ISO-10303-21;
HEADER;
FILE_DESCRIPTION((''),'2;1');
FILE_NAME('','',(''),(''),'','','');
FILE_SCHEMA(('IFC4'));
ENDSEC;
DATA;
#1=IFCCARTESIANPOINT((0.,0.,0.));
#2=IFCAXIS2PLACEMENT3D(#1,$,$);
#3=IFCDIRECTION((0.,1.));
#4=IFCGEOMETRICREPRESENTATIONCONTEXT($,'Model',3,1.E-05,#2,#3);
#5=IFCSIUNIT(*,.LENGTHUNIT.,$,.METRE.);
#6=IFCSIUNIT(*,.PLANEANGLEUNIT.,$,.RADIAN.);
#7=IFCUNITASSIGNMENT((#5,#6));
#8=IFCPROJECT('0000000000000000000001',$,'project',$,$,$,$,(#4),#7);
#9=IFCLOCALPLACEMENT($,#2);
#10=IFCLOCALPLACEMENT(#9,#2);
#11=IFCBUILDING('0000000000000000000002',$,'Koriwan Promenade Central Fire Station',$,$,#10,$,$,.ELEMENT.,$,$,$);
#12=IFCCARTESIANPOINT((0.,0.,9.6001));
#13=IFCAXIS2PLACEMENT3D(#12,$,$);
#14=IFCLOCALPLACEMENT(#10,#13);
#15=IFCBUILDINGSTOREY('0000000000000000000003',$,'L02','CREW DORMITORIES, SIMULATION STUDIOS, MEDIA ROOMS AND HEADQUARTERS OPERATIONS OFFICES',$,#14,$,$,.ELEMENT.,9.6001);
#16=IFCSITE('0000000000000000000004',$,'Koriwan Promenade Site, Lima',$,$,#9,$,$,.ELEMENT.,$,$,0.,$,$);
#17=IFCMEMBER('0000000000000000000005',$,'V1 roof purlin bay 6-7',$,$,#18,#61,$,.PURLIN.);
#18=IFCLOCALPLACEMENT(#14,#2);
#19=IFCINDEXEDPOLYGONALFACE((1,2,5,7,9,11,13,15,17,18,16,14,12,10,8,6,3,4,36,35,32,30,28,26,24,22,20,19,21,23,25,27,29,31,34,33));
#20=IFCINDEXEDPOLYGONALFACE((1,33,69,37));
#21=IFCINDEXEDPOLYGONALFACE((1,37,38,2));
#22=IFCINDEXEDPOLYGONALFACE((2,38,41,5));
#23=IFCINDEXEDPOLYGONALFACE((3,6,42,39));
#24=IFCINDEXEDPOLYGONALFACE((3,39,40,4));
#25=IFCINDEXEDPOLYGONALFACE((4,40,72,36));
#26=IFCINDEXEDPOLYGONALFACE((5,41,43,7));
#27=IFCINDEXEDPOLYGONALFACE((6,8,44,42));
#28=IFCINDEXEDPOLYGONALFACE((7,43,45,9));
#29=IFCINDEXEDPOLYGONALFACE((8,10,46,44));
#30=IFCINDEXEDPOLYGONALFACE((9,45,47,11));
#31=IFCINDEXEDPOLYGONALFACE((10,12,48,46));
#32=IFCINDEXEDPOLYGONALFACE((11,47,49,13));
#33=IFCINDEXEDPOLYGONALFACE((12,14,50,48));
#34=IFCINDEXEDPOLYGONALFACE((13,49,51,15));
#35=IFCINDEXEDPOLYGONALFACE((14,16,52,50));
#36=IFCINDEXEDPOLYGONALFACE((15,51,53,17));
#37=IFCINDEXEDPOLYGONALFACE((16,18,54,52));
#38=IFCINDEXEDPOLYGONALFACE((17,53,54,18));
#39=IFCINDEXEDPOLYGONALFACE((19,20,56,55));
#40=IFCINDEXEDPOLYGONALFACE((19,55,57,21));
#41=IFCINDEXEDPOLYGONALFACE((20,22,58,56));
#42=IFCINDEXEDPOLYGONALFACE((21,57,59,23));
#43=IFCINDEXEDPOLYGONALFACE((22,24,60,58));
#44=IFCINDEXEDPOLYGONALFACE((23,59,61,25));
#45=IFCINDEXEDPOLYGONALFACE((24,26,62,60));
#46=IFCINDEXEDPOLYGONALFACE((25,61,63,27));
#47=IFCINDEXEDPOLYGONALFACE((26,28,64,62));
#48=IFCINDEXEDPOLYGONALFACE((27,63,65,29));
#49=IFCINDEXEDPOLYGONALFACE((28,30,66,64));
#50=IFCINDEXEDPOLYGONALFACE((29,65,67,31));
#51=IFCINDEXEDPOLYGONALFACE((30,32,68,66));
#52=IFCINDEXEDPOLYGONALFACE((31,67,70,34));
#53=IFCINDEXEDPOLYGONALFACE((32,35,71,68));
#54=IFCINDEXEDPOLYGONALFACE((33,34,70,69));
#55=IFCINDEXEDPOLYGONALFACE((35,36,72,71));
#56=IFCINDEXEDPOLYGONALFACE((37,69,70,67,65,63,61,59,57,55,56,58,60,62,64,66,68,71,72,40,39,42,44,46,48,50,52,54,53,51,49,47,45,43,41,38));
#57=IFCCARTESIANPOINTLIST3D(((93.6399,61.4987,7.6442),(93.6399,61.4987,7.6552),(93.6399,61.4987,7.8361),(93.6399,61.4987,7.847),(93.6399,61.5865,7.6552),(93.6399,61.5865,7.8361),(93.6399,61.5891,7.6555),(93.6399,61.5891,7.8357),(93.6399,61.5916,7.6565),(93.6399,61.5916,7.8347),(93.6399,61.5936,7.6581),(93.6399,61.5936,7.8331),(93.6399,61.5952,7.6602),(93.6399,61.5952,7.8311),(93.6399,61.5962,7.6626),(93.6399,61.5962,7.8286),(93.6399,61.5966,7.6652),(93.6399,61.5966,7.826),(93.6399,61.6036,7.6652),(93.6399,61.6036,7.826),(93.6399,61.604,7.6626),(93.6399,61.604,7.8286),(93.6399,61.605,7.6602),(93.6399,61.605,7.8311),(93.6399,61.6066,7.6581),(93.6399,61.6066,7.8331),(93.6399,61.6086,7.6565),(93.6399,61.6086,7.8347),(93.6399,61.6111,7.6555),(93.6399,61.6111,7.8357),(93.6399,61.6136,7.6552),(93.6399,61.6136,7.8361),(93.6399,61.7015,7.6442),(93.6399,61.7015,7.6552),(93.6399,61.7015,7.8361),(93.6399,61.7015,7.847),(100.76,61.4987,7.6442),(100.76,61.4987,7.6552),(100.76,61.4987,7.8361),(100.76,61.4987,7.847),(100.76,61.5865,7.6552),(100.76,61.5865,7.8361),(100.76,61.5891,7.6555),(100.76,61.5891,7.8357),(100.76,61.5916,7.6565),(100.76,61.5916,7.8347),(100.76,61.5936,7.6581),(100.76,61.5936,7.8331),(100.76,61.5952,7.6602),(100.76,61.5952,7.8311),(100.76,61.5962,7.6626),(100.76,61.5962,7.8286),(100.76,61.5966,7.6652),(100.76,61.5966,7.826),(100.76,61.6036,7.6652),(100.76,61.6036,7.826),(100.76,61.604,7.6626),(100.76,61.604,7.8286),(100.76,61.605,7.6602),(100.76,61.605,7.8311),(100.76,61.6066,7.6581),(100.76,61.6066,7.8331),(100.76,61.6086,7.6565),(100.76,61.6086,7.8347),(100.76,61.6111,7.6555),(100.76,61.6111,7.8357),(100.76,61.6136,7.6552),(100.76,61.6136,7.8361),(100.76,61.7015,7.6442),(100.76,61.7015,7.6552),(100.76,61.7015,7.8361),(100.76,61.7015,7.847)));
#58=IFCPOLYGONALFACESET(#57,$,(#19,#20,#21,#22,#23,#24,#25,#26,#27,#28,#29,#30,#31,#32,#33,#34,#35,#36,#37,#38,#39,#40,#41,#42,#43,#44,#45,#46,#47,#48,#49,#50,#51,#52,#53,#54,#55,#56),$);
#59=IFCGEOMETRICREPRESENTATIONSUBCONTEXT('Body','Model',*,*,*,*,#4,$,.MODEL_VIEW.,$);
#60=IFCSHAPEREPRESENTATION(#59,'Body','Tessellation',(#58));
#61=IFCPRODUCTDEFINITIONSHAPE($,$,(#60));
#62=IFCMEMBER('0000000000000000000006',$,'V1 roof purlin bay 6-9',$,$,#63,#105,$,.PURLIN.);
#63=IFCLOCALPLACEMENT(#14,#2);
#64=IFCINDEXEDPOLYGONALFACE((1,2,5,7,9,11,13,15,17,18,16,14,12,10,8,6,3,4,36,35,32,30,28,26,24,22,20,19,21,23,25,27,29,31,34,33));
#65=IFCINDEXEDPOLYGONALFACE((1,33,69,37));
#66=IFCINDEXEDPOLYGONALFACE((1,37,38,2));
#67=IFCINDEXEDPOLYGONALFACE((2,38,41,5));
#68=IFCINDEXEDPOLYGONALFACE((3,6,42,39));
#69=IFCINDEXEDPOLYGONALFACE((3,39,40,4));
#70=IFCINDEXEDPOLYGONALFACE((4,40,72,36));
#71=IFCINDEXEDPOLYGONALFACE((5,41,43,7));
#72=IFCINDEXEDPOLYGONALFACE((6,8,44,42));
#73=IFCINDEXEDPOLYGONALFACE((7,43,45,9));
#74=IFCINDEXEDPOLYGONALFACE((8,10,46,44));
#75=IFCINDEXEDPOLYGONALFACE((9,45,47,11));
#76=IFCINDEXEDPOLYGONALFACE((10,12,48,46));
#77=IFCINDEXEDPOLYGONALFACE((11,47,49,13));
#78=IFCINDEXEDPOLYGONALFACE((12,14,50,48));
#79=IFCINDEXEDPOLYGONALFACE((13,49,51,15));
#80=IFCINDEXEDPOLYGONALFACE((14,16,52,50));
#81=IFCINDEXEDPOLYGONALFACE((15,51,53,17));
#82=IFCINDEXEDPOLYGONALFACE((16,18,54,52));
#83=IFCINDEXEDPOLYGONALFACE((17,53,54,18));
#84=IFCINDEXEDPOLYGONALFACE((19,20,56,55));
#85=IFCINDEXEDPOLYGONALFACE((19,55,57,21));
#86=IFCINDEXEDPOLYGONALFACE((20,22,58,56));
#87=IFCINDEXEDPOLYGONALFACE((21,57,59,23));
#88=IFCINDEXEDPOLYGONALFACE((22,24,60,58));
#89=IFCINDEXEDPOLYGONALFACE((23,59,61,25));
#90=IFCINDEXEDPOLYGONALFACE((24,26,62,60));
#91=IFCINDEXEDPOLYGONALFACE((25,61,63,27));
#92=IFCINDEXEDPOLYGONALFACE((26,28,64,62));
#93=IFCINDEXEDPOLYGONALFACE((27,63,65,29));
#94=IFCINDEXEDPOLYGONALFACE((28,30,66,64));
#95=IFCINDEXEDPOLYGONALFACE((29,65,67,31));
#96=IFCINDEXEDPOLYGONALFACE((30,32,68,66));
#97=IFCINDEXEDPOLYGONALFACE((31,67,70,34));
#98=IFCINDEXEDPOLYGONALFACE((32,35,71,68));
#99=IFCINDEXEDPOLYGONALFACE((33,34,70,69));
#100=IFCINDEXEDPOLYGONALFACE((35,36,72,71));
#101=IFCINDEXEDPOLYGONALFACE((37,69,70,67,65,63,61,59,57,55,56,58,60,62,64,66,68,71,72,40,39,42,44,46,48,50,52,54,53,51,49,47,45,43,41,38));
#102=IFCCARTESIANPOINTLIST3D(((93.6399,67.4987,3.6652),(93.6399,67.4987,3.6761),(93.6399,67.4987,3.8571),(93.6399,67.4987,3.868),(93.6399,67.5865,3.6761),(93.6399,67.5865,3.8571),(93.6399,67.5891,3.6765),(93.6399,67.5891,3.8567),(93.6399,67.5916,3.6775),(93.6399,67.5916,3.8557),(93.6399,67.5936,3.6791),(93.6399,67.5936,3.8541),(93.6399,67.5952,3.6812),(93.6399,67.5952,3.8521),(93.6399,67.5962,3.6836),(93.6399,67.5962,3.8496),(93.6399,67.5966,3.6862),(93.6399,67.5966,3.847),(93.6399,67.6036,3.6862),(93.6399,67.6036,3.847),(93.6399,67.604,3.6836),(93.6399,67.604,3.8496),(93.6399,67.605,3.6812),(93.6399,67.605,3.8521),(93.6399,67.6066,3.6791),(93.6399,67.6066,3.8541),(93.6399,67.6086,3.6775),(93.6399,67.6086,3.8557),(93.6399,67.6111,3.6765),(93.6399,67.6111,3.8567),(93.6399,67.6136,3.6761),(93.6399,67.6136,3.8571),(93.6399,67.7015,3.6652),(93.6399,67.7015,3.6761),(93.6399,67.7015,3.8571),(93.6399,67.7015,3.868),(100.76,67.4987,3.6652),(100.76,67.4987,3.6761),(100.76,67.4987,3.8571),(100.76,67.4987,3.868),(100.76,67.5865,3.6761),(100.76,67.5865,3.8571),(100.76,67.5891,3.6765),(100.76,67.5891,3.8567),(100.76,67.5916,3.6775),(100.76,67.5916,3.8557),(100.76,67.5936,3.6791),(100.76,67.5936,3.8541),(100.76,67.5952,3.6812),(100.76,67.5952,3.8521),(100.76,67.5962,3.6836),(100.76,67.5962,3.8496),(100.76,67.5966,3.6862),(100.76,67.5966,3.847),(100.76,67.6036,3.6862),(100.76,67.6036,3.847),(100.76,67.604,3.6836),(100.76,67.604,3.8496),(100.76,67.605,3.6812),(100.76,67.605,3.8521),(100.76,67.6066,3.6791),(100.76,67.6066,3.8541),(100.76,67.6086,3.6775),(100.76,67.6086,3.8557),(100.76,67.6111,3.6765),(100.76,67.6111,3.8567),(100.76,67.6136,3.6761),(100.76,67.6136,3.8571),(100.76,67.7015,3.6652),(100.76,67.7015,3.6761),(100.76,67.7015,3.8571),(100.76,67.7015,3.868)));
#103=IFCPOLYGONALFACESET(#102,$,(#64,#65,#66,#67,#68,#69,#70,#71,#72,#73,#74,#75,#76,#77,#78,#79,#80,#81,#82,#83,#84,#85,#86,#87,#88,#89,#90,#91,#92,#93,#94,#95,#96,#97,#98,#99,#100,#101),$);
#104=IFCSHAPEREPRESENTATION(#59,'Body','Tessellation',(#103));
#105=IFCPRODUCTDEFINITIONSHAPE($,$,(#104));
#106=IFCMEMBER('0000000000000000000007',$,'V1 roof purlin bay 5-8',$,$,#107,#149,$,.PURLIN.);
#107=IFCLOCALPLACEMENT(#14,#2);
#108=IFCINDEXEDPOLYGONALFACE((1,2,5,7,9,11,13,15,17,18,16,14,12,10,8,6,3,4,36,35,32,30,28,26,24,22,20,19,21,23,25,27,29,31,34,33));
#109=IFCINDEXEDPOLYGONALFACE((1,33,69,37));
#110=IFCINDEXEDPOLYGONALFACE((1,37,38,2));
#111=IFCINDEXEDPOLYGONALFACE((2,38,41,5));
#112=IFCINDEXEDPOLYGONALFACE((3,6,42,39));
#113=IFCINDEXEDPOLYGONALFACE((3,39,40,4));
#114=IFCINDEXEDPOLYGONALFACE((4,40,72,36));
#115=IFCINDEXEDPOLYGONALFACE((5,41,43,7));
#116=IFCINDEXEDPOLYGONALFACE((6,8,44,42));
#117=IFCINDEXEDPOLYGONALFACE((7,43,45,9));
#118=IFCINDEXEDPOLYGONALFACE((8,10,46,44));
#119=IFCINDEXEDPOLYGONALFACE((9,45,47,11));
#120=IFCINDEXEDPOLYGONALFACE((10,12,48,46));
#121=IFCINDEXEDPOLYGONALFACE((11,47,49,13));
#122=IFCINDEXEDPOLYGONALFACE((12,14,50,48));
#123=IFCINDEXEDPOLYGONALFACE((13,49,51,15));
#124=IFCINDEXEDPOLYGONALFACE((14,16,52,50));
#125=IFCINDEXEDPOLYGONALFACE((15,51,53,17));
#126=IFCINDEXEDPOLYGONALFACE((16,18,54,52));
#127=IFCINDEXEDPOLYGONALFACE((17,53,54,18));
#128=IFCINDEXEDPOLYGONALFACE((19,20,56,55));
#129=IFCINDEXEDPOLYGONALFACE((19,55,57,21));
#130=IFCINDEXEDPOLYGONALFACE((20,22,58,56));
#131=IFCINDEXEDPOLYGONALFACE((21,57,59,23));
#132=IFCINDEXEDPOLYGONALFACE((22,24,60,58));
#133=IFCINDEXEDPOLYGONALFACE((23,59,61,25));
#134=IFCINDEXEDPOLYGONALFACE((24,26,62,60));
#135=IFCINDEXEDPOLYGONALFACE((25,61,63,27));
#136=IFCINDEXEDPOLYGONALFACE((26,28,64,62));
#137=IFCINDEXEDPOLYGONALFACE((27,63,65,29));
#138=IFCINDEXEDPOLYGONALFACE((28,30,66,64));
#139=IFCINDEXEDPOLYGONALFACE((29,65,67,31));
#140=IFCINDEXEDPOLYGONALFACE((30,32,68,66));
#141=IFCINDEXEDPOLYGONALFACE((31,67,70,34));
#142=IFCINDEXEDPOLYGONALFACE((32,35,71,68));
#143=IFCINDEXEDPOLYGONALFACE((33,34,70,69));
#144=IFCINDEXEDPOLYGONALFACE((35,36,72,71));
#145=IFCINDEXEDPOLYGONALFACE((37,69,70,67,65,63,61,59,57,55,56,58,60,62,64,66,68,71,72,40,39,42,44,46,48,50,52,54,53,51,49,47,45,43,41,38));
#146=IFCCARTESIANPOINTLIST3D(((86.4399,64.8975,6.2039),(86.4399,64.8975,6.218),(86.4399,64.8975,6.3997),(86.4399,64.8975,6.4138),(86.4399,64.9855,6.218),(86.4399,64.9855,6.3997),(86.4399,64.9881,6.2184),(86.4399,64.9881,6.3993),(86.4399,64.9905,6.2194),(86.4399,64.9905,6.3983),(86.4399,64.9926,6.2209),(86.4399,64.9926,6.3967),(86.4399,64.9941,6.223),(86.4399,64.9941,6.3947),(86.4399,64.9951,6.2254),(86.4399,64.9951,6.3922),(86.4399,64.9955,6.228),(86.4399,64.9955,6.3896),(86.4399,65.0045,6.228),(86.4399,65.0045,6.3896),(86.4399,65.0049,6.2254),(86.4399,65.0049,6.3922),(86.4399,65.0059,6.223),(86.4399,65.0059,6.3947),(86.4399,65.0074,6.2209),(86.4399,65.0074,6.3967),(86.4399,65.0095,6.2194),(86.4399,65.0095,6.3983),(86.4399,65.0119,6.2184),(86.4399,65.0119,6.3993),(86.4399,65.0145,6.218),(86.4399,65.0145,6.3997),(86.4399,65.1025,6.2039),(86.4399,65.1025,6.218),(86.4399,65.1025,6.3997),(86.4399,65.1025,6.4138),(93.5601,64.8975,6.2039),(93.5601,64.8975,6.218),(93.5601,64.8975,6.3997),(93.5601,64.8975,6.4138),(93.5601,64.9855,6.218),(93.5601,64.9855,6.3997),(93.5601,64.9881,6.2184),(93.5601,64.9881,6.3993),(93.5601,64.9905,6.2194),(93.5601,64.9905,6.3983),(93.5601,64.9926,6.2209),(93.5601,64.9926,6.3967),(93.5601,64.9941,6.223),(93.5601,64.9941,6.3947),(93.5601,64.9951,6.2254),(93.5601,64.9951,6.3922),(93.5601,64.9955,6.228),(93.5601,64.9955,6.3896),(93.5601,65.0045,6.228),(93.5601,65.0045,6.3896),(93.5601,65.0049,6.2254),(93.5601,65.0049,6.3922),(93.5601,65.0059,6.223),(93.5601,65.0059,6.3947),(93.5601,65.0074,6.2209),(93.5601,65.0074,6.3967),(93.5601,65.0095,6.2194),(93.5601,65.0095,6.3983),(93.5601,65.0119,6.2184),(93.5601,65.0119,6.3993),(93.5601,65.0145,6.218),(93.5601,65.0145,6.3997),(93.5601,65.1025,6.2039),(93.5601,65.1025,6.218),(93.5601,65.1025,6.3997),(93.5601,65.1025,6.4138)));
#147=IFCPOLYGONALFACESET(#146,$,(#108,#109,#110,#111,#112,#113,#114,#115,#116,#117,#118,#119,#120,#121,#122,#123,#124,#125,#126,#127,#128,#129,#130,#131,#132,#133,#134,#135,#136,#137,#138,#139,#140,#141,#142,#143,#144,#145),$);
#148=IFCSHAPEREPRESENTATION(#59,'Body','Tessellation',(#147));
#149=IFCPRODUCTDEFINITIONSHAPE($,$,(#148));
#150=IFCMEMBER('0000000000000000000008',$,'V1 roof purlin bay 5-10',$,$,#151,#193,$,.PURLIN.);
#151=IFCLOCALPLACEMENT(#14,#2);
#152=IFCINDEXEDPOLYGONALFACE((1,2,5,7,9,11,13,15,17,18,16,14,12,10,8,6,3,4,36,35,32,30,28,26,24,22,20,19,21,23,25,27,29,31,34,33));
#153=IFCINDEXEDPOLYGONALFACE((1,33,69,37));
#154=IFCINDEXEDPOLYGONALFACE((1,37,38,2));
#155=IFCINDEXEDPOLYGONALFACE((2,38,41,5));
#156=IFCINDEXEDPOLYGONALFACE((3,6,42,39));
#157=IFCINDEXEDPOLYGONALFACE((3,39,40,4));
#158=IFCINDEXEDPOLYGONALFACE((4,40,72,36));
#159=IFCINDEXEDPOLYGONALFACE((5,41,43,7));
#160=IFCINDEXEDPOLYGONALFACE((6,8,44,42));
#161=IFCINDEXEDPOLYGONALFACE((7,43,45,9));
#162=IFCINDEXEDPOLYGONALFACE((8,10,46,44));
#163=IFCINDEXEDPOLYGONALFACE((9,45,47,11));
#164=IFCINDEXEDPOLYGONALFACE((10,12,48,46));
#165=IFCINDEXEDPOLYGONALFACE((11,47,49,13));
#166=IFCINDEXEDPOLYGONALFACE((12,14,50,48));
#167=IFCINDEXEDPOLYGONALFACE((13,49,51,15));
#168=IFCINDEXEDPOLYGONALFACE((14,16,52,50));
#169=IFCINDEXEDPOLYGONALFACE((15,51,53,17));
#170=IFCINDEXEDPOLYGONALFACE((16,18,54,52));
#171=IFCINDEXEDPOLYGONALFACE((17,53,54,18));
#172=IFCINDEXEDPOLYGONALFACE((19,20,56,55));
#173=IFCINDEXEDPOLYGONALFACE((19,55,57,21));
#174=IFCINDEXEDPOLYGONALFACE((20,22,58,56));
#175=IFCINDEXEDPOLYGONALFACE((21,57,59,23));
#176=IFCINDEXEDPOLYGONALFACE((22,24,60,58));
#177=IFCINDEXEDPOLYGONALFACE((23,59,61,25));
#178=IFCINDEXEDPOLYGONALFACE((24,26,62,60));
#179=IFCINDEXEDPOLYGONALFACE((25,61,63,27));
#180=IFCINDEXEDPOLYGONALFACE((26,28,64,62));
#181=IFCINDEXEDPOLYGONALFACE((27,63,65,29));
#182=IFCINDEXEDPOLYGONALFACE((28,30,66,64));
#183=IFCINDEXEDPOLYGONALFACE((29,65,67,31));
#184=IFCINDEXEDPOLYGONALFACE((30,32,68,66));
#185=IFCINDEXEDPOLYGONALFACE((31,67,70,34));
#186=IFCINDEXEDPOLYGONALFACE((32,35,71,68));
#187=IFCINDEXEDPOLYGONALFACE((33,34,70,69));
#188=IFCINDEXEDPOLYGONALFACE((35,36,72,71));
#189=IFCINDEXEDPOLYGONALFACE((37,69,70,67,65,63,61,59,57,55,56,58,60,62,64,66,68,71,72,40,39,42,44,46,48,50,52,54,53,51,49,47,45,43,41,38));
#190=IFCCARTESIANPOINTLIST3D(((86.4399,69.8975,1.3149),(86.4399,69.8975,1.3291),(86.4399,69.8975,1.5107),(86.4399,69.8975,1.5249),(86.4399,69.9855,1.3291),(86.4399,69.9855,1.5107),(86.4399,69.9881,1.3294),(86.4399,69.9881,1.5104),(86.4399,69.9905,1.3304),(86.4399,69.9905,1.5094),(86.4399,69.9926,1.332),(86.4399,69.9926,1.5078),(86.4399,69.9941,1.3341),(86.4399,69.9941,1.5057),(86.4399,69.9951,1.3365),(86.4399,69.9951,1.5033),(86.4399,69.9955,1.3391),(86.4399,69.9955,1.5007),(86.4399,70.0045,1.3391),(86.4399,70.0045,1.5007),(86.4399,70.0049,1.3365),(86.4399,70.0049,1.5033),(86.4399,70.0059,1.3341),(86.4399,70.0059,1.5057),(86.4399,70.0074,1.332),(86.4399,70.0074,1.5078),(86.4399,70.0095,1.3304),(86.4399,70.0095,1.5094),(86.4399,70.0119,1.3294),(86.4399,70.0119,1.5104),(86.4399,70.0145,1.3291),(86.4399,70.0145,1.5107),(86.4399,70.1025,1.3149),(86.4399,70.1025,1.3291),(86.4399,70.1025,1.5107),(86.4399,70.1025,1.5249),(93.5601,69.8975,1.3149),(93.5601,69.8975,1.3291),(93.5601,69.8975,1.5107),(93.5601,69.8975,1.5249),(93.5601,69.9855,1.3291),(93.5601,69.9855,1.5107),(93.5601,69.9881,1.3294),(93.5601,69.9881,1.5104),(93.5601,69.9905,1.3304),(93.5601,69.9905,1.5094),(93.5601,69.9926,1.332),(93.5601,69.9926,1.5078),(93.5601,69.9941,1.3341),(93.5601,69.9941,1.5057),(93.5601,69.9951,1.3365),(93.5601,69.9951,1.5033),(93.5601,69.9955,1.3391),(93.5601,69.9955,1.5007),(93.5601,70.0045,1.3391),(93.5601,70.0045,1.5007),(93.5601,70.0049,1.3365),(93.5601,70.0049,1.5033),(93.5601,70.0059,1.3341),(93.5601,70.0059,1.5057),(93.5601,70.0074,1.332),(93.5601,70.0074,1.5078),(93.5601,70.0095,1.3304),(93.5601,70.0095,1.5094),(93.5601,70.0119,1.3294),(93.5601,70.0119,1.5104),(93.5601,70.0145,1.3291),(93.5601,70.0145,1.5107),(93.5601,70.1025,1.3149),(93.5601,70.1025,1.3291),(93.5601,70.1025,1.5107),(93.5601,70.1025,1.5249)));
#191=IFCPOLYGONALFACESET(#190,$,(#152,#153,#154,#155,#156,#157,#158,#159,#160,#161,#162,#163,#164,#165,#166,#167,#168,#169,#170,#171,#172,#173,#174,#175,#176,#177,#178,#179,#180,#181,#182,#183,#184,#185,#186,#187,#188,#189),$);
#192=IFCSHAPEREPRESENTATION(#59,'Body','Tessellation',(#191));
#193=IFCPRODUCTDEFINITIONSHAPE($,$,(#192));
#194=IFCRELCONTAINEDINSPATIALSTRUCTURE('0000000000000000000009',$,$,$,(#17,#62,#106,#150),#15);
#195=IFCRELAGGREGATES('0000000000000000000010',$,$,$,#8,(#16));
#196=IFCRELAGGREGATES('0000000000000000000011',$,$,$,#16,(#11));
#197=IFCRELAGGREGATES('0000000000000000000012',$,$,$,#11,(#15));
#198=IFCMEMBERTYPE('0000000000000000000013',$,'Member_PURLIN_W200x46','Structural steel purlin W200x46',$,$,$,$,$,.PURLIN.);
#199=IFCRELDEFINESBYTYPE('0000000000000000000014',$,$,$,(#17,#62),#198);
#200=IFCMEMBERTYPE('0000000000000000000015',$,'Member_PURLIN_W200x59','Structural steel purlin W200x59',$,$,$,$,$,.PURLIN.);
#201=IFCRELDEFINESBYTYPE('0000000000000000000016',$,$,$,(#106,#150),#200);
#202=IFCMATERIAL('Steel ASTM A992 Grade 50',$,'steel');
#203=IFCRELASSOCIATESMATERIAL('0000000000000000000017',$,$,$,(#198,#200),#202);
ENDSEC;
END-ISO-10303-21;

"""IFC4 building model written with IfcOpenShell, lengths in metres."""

from ifc_helpers import new_model, si_unit, direction, frame, origin, origin_2d, place, context, subcontext, project, spatial, i_section, extrude, material, material_profile, profile_set, type_object, element, save


model = new_model("IFC4")

# Units and contexts
model_context = context("Model", 3, precision=1e-05, world=origin(), true_north=direction((0.0, 1.0)))
body_context = subcontext(model_context, "Body", "Model", "MODEL_VIEW")
ifc_project = project(units=[si_unit("LENGTHUNIT", "METRE"), si_unit("PLANEANGLEUNIT", "RADIAN")], contexts=[model_context])

# Site, building, storey
site_placement = place(None, origin())
site = spatial("IfcSite", under=ifc_project, at=site_placement, Name="Koriwan Promenade Site, Lima", CompositionType="ELEMENT", RefElevation=0.0)
building_placement = place(site_placement, origin())
building = spatial("IfcBuilding", under=site, at=building_placement, Name="Koriwan Promenade Central Fire Station", CompositionType="ELEMENT")
storey_placement = place(building_placement, frame((0.0, 0.0, 9.6001)))
storey = spatial("IfcBuildingStorey", under=building, at=storey_placement, Name="L02", Description="CREW DORMITORIES, SIMULATION STUDIOS, MEDIA ROOMS AND HEADQUARTERS OPERATIONS OFFICES", CompositionType="ELEMENT", Elevation=9.6001)

# Members
ifc_material_1 = material(Name="Steel ASTM A992 Grade 50", Category="steel")
ifc_material_profile_1 = material_profile(ifc_material_1, i_section(OverallWidth=0.2029, OverallDepth=0.2029, WebThickness=0.0071, FlangeThickness=0.011, FilletRadius=0.01, at=origin_2d()), Name="W200x46")
ifc_profile_set_1 = profile_set([ifc_material_profile_1], Name="Steel ASTM A992 Grade 50")
member_type_1 = type_object("IfcMemberType", Name="Member_PURLIN_W200x46", Description="Structural steel purlin W200x46", PredefinedType="PURLIN", material=ifc_profile_set_1)
for number, where, z_axis, x_axis, name in (
    (1, (93.6399, 61.6001, 7.7456), (1.0, 0.0, 0.0), (0.0, 1.0, 0.0), "V1 roof purlin bay 6-7"),
    (2, (93.6399, 67.6001, 3.7666), (1.0, 0.0, 0.0), (0.0, 1.0, 0.0), "V1 roof purlin bay 6-9"),
):
    element("IfcMember", number, at=place(storey_placement, frame(where, z_axis=z_axis, x_axis=x_axis)), inside=storey, type_object=member_type_1, Name=name, PredefinedType="PURLIN", context=body_context, shape_type="SweptSolid", body=[
        extrude(i_section(OverallWidth=0.2029, OverallDepth=0.2029, WebThickness=0.0071, FlangeThickness=0.011, FilletRadius=0.01, at=origin_2d()), origin(), (0.0, 0.0, 1.0), 7.1201),
    ])
ifc_material_profile_2 = material_profile(ifc_material_1, i_section(OverallWidth=0.2051, OverallDepth=0.21, WebThickness=0.009, FlangeThickness=0.0142, FilletRadius=0.01, at=origin_2d()), Name="W200x59")
ifc_profile_set_2 = profile_set([ifc_material_profile_2], Name="Steel ASTM A992 Grade 50")
member_type_2 = type_object("IfcMemberType", Name="Member_PURLIN_W200x59", Description="Structural steel purlin W200x59", PredefinedType="PURLIN", material=ifc_profile_set_2)
for number, where, z_axis, x_axis, name in (
    (3, (86.4399, 65.0, 6.3088), (1.0, 0.0, 0.0), (0.0, 1.0, 0.0), "V1 roof purlin bay 5-8"),
    (4, (86.4399, 70.0, 1.4199), (1.0, 0.0, 0.0), (0.0, 1.0, 0.0), "V1 roof purlin bay 5-10"),
):
    element("IfcMember", number, at=place(storey_placement, frame(where, z_axis=z_axis, x_axis=x_axis)), inside=storey, type_object=member_type_2, Name=name, PredefinedType="PURLIN", context=body_context, shape_type="SweptSolid", body=[
        extrude(i_section(OverallWidth=0.2051, OverallDepth=0.21, WebThickness=0.009, FlangeThickness=0.0142, FilletRadius=0.01, at=origin_2d()), origin(), (0.0, 0.0, 1.0), 7.1201),
    ])

save(model, "model.ifc")
